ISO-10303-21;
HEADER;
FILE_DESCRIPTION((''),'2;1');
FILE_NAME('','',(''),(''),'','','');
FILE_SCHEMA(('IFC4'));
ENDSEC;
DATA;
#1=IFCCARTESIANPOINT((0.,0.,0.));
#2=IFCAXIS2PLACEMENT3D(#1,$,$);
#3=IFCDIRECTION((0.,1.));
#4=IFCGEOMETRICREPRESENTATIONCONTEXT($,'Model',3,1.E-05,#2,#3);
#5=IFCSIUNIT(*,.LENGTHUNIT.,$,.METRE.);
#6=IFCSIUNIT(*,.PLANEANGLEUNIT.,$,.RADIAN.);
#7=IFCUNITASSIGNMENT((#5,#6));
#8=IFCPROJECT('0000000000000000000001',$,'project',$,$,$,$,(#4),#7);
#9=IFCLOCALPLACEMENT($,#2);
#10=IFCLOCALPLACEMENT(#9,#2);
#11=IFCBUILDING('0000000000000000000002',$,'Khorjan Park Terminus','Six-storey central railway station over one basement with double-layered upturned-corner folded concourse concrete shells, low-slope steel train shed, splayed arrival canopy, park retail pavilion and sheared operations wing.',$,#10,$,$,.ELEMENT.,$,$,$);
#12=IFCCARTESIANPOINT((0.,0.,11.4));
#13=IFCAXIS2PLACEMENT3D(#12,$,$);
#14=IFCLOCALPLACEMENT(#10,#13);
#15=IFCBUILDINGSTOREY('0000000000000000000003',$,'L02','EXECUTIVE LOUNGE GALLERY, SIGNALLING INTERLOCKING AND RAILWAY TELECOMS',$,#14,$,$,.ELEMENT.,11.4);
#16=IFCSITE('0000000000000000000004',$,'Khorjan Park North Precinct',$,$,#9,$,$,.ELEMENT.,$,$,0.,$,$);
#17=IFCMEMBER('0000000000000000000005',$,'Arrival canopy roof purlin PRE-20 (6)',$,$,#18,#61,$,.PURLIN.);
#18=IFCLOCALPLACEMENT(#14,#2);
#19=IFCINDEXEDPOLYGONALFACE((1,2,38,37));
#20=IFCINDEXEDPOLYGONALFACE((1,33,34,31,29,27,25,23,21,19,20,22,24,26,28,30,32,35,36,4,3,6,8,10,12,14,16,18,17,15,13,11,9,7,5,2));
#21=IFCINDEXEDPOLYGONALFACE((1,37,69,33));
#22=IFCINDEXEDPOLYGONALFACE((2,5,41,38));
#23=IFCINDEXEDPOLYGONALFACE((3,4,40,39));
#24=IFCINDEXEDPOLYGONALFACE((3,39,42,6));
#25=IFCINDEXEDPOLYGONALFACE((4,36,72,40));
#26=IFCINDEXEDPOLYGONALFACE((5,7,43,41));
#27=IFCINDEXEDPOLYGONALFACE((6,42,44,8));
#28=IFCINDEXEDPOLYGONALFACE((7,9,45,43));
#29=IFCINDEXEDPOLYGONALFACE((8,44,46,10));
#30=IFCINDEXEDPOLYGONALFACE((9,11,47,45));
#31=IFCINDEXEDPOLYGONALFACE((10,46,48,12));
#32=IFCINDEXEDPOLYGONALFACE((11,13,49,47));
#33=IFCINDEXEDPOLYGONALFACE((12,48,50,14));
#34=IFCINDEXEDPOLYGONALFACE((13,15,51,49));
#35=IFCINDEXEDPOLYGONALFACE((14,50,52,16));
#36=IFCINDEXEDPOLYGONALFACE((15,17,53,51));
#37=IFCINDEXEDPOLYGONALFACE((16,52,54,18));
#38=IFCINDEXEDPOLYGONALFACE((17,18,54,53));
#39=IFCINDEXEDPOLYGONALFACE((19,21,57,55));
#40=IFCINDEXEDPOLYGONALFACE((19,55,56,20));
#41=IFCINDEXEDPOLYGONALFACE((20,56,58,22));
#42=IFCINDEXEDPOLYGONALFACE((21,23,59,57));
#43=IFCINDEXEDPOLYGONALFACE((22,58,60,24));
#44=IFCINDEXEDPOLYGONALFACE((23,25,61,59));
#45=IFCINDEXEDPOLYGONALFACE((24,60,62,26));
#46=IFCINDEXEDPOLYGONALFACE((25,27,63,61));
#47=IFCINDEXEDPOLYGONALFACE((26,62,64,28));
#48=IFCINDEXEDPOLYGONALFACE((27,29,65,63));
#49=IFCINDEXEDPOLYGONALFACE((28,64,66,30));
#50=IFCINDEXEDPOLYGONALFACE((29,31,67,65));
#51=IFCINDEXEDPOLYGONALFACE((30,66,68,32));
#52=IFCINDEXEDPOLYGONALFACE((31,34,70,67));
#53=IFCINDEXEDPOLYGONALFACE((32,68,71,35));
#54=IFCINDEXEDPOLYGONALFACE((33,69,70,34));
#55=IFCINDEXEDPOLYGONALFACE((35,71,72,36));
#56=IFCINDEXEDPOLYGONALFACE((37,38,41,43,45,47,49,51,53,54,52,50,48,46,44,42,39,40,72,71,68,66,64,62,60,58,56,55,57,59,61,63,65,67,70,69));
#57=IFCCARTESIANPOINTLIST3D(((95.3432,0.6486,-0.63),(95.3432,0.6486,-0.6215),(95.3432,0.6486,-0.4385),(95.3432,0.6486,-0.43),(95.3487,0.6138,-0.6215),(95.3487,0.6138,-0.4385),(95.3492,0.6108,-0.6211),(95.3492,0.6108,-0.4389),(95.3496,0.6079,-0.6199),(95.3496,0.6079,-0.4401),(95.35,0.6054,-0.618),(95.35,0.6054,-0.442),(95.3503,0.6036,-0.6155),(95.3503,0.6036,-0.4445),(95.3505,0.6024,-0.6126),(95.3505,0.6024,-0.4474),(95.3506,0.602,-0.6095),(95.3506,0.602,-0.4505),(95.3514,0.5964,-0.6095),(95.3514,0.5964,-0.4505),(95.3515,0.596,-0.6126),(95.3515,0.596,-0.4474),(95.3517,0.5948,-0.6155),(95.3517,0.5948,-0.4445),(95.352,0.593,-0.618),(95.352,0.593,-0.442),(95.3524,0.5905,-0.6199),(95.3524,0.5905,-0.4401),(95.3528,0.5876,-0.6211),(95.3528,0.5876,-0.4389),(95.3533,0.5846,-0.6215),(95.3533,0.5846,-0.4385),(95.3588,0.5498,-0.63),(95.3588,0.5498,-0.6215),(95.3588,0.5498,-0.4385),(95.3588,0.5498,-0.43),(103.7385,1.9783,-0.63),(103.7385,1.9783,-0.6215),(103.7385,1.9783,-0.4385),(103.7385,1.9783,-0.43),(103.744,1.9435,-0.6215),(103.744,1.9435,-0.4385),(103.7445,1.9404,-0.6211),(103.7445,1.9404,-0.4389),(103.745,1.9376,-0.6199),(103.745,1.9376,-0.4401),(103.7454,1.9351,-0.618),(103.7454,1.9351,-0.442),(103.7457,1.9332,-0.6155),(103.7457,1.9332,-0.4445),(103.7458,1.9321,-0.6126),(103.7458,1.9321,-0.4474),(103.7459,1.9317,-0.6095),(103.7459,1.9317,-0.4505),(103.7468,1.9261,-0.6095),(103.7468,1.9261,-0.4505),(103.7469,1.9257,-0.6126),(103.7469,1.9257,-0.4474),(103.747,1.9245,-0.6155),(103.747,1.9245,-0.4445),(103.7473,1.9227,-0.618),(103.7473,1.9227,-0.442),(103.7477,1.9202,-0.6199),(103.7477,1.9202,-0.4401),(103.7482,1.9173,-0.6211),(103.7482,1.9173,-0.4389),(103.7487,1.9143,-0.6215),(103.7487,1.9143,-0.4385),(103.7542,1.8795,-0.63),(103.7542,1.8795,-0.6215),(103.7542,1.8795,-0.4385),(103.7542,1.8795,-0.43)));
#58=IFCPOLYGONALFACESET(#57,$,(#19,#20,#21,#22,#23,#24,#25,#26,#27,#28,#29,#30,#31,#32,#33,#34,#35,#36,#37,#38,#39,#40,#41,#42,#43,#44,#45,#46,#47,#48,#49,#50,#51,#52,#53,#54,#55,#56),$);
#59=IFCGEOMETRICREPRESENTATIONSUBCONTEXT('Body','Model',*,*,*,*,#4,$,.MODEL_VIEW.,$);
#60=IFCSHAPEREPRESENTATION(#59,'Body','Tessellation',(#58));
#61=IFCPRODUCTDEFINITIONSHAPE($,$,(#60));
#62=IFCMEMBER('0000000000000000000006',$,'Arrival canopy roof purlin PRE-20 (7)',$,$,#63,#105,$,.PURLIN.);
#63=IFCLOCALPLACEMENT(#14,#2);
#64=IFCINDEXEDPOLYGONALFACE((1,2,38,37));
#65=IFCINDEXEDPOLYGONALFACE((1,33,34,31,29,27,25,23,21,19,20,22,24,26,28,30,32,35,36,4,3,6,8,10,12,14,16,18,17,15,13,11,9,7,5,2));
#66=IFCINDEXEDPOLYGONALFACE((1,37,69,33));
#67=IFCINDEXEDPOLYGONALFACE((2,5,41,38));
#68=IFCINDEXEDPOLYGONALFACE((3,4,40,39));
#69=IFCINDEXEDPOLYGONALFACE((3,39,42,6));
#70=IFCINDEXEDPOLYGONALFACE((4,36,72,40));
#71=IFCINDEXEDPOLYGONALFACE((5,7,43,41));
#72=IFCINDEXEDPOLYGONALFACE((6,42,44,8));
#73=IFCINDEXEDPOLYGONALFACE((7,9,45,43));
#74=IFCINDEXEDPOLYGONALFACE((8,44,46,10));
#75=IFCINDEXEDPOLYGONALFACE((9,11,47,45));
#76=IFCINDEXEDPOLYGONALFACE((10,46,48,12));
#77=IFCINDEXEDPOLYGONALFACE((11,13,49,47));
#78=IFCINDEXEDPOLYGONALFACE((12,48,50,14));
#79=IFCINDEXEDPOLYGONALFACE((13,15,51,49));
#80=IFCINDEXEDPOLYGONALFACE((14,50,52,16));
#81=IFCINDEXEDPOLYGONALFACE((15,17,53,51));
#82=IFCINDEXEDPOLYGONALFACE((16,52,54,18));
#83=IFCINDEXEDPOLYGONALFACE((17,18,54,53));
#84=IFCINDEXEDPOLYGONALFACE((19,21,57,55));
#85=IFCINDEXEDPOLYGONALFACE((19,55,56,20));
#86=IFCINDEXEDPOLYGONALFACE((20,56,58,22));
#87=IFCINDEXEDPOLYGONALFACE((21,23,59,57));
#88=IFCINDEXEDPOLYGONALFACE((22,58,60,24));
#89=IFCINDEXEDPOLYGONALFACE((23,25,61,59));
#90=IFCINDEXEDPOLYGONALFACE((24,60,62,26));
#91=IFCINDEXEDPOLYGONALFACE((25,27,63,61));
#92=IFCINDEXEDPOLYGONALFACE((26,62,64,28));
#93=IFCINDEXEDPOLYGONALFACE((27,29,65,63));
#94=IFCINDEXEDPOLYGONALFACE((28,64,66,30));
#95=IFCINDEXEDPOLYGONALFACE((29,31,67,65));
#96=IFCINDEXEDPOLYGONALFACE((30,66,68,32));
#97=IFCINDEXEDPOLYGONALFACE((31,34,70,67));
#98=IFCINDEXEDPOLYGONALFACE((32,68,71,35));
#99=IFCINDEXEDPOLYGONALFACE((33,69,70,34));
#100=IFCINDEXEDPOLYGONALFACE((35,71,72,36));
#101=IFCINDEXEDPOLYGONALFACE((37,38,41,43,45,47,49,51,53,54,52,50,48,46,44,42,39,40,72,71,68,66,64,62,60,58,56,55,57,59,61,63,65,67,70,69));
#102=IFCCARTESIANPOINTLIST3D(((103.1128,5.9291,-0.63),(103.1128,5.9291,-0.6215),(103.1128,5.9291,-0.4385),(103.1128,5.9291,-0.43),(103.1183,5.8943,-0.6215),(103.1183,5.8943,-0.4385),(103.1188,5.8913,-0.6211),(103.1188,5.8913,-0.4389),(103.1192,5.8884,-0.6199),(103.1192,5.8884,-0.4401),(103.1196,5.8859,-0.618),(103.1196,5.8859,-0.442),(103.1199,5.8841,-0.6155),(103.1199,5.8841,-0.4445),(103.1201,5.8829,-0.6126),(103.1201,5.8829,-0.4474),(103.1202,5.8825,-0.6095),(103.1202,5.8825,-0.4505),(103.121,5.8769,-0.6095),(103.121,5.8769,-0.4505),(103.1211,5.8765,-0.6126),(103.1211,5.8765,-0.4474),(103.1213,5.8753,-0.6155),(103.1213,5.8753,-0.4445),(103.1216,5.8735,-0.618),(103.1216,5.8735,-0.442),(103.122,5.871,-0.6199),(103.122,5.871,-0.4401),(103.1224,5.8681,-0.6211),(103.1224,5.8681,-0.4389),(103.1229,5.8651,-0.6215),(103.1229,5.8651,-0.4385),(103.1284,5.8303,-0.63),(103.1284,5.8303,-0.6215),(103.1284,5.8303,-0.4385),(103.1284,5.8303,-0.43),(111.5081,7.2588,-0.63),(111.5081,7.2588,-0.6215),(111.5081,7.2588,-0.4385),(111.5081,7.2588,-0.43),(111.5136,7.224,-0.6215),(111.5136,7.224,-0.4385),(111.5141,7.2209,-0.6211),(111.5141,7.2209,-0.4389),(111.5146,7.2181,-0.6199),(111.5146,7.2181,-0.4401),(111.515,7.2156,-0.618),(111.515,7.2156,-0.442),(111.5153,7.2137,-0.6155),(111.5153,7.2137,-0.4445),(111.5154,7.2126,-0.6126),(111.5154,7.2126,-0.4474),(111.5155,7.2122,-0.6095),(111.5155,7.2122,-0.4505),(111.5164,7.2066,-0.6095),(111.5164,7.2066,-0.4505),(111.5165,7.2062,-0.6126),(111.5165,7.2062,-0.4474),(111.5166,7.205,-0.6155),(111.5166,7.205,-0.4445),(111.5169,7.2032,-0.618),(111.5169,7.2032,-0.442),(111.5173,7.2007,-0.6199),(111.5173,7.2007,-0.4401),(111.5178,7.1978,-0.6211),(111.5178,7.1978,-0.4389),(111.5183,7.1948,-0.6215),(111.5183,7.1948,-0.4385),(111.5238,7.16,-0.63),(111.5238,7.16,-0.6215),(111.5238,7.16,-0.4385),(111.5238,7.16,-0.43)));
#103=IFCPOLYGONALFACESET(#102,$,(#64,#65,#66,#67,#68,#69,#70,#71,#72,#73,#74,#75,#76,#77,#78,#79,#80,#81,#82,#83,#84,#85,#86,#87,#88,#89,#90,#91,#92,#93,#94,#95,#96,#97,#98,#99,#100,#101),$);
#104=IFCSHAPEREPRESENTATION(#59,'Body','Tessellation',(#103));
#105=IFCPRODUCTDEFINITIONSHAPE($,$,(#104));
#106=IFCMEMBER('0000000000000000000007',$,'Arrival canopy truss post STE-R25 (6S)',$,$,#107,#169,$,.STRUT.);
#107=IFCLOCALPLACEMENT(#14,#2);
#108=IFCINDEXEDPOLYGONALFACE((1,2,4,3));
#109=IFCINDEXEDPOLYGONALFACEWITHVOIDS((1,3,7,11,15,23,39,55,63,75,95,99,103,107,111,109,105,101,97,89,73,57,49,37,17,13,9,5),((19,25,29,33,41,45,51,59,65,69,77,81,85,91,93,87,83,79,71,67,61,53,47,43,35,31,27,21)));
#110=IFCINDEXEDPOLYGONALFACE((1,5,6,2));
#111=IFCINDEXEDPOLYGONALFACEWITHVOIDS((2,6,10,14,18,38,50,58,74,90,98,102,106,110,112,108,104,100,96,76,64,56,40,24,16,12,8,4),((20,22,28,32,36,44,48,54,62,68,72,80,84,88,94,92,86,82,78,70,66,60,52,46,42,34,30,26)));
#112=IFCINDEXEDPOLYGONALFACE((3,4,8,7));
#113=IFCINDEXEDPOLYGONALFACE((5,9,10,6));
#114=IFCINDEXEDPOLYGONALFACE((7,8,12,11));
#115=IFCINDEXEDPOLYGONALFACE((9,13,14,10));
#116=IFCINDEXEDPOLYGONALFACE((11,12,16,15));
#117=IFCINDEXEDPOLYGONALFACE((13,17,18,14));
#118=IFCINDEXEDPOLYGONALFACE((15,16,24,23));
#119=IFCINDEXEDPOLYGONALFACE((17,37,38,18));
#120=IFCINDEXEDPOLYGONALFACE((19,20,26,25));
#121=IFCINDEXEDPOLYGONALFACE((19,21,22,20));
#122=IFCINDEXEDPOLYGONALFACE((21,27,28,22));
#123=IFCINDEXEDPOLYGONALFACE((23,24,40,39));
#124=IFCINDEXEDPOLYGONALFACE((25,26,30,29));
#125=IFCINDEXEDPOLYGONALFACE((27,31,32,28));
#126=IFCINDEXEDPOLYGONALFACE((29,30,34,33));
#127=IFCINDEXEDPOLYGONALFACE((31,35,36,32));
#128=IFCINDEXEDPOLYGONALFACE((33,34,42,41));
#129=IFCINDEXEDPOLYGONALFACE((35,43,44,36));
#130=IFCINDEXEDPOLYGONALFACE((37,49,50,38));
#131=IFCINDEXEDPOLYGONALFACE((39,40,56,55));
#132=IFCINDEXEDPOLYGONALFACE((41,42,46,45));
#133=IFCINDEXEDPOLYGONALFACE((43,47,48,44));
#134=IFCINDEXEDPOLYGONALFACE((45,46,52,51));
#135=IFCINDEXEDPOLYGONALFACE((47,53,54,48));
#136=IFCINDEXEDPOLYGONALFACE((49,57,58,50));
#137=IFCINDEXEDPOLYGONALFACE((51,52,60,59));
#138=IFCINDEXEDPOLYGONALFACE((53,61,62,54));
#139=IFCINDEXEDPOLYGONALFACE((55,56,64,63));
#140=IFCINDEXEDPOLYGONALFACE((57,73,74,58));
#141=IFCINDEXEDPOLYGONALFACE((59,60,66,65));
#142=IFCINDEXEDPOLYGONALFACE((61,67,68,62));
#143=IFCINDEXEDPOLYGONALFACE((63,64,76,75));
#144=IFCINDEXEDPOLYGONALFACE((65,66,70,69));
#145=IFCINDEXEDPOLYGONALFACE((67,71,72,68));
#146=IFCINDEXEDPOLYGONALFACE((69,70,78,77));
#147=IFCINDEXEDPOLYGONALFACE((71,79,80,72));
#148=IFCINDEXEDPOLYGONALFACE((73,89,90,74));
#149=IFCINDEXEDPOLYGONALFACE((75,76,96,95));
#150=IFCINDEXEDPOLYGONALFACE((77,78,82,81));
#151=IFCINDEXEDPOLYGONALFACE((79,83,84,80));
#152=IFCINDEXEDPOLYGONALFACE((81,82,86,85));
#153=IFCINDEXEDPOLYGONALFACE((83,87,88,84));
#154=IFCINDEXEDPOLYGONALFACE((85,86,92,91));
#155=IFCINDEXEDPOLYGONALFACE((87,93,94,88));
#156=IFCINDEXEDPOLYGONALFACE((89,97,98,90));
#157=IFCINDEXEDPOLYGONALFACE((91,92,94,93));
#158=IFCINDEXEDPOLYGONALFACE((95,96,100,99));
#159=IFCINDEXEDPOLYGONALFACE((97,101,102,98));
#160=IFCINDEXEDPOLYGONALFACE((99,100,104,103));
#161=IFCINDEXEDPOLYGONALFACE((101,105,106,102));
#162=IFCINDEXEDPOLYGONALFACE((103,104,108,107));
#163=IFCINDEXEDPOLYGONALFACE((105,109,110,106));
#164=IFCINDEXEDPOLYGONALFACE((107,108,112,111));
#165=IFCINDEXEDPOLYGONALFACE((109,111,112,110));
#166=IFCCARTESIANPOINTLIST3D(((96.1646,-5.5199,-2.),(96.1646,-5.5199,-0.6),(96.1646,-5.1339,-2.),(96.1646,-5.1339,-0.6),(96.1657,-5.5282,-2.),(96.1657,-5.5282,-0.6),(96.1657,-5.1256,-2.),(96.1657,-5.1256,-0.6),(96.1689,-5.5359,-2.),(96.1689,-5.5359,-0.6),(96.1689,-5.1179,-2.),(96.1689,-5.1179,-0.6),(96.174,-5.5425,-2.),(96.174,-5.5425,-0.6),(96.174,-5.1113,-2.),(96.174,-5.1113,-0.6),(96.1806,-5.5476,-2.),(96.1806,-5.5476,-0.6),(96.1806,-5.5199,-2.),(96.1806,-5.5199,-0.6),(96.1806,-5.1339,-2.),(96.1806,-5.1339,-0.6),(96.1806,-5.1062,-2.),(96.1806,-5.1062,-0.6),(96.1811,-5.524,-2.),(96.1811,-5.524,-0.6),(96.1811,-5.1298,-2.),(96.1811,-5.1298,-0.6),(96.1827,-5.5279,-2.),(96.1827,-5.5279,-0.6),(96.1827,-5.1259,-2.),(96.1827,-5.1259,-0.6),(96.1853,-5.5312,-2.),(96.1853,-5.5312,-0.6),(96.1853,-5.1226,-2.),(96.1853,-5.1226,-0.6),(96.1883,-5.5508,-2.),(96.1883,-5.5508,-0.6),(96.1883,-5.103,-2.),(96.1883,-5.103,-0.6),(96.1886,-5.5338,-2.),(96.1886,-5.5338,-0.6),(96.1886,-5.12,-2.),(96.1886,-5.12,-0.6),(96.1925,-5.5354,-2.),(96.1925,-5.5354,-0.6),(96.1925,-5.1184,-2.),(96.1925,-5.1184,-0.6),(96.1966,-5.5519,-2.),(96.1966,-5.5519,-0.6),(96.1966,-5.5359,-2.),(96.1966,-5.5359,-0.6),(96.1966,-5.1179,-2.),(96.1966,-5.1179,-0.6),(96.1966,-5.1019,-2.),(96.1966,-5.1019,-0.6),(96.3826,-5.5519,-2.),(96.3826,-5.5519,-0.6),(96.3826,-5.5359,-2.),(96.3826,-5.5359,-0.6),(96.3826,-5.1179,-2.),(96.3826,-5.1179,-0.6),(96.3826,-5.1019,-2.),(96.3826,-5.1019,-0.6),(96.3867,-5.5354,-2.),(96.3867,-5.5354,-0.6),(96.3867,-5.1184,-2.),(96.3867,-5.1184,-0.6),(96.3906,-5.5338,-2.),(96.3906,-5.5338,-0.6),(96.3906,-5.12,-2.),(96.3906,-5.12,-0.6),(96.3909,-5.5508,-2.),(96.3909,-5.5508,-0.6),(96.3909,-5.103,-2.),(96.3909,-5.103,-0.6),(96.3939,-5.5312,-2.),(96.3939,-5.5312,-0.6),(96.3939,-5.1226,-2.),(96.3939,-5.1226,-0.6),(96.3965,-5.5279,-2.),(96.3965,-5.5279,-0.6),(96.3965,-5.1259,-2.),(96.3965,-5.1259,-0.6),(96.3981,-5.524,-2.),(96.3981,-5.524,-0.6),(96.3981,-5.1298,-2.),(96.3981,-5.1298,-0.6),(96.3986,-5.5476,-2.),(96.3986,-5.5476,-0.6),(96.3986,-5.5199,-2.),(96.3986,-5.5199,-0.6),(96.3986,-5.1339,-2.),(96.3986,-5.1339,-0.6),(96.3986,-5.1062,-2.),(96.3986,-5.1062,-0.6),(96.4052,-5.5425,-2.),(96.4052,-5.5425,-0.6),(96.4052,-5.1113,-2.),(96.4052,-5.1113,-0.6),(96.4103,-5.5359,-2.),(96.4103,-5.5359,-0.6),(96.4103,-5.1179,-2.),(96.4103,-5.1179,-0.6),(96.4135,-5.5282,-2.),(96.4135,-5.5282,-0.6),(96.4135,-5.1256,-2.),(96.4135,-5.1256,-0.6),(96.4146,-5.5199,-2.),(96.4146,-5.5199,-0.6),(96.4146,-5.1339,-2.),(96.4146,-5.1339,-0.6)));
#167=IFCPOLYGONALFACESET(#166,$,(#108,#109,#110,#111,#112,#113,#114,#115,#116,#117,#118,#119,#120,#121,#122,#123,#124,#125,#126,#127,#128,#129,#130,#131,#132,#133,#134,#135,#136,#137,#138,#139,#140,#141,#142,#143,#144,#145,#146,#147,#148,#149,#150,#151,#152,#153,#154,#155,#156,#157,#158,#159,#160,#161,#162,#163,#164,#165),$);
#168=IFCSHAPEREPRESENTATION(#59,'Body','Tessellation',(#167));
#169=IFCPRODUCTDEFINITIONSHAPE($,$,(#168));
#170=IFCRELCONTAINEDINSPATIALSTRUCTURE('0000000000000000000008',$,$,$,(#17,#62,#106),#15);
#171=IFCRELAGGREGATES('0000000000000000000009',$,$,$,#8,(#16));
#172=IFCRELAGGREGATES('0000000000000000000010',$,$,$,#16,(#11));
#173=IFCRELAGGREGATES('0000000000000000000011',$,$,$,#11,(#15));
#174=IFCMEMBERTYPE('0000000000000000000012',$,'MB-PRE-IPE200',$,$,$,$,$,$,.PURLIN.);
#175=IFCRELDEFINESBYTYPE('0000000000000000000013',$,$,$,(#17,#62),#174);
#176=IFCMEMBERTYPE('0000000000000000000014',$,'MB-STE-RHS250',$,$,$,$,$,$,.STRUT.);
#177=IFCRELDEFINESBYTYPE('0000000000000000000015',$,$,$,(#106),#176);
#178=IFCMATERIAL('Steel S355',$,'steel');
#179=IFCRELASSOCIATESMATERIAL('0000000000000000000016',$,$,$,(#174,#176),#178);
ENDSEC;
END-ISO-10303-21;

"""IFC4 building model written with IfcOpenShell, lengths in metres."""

from ifc_helpers import new_model, si_unit, direction, frame, origin, origin_2d, place, context, subcontext, project, spatial, hollow_rectangle, i_section, extrude, material, material_profile, profile_set, type_object, element, save


model = new_model("IFC4")

# Units and contexts
model_context = context("Model", 3, precision=1e-05, world=origin(), true_north=direction((0.0, 1.0)))
body_context = subcontext(model_context, "Body", "Model", "MODEL_VIEW")
ifc_project = project(units=[si_unit("LENGTHUNIT", "METRE"), si_unit("PLANEANGLEUNIT", "RADIAN")], contexts=[model_context])

# Site, building, storey
site_placement = place(None, origin())
site = spatial("IfcSite", under=ifc_project, at=site_placement, Name="Khorjan Park North Precinct", CompositionType="ELEMENT", RefElevation=0.0)
building_placement = place(site_placement, origin())
building = spatial("IfcBuilding", under=site, at=building_placement, Name="Khorjan Park Terminus", Description="Six-storey central railway station over one basement with double-layered upturned-corner folded concourse concrete shells, low-slope steel train shed, splayed arrival canopy, park retail pavilion and sheared operations wing.", CompositionType="ELEMENT")
storey_placement = place(building_placement, frame((0.0, 0.0, 11.4)))
storey = spatial("IfcBuildingStorey", under=building, at=storey_placement, Name="L02", Description="EXECUTIVE LOUNGE GALLERY, SIGNALLING INTERLOCKING AND RAILWAY TELECOMS", CompositionType="ELEMENT", Elevation=11.4)

# Members
ifc_material = material(Name="Steel S355", Category="steel")
ifc_material_profile_1 = material_profile(ifc_material, i_section(OverallWidth=0.1, OverallDepth=0.2, WebThickness=0.0056, FlangeThickness=0.0085, FilletRadius=0.012, at=origin_2d()), Name="IPE 200")
ifc_profile_set_1 = profile_set([ifc_material_profile_1], Name="Steel S355")
member_type_1 = type_object("IfcMemberType", Name="MB-PRE-IPE200", PredefinedType="PURLIN", material=ifc_profile_set_1)
for number, where, z_axis, x_axis, name in (
    (1, (95.351, 0.5992, -0.53), (0.987688, 0.156434, 0.0), (-0.156434, 0.987688, 0.0), "Arrival canopy roof purlin PRE-20 (6)"),
    (2, (103.1206, 5.8797, -0.53), (0.987688, 0.156434, 0.0), (-0.156434, 0.987688, 0.0), "Arrival canopy roof purlin PRE-20 (7)"),
):
    element("IfcMember", number, at=place(storey_placement, frame(where, z_axis=z_axis, x_axis=x_axis)), inside=storey, type_object=member_type_1, Name=name, PredefinedType="PURLIN", context=body_context, shape_type="SweptSolid", body=[
        extrude(i_section(OverallWidth=0.1, OverallDepth=0.2, WebThickness=0.0056, FlangeThickness=0.0085, FilletRadius=0.012, at=origin_2d()), origin(), (0.0, 0.0, 1.0), 8.5),
    ])
ifc_material_profile_2 = material_profile(ifc_material, hollow_rectangle(XDim=0.25, YDim=0.45, WallThickness=0.016, InnerFilletRadius=0.016, OuterFilletRadius=0.032, at=origin_2d()), Name="RHS 450x250x16")
ifc_profile_set_2 = profile_set([ifc_material_profile_2], Name="Steel S355")
member_type_2 = type_object("IfcMemberType", Name="MB-STE-RHS250", PredefinedType="STRUT", material=ifc_profile_set_2)
member_1_placement = place(storey_placement, frame((96.2896, -5.3269, -2.0), z_axis=(0.0, 0.0, 1.0), x_axis=(1.0, 0.0, 0.0)))
element("IfcMember", 3, at=member_1_placement, inside=storey, type_object=member_type_2, Name="Arrival canopy truss post STE-R25 (6S)", PredefinedType="STRUT", context=body_context, shape_type="SweptSolid", body=[
    extrude(hollow_rectangle(XDim=0.25, YDim=0.45, WallThickness=0.016, InnerFilletRadius=0.016, OuterFilletRadius=0.032, at=origin_2d()), origin(), (0.0, 0.0, 1.0), 1.4),
])

save(model, "model.ifc")
